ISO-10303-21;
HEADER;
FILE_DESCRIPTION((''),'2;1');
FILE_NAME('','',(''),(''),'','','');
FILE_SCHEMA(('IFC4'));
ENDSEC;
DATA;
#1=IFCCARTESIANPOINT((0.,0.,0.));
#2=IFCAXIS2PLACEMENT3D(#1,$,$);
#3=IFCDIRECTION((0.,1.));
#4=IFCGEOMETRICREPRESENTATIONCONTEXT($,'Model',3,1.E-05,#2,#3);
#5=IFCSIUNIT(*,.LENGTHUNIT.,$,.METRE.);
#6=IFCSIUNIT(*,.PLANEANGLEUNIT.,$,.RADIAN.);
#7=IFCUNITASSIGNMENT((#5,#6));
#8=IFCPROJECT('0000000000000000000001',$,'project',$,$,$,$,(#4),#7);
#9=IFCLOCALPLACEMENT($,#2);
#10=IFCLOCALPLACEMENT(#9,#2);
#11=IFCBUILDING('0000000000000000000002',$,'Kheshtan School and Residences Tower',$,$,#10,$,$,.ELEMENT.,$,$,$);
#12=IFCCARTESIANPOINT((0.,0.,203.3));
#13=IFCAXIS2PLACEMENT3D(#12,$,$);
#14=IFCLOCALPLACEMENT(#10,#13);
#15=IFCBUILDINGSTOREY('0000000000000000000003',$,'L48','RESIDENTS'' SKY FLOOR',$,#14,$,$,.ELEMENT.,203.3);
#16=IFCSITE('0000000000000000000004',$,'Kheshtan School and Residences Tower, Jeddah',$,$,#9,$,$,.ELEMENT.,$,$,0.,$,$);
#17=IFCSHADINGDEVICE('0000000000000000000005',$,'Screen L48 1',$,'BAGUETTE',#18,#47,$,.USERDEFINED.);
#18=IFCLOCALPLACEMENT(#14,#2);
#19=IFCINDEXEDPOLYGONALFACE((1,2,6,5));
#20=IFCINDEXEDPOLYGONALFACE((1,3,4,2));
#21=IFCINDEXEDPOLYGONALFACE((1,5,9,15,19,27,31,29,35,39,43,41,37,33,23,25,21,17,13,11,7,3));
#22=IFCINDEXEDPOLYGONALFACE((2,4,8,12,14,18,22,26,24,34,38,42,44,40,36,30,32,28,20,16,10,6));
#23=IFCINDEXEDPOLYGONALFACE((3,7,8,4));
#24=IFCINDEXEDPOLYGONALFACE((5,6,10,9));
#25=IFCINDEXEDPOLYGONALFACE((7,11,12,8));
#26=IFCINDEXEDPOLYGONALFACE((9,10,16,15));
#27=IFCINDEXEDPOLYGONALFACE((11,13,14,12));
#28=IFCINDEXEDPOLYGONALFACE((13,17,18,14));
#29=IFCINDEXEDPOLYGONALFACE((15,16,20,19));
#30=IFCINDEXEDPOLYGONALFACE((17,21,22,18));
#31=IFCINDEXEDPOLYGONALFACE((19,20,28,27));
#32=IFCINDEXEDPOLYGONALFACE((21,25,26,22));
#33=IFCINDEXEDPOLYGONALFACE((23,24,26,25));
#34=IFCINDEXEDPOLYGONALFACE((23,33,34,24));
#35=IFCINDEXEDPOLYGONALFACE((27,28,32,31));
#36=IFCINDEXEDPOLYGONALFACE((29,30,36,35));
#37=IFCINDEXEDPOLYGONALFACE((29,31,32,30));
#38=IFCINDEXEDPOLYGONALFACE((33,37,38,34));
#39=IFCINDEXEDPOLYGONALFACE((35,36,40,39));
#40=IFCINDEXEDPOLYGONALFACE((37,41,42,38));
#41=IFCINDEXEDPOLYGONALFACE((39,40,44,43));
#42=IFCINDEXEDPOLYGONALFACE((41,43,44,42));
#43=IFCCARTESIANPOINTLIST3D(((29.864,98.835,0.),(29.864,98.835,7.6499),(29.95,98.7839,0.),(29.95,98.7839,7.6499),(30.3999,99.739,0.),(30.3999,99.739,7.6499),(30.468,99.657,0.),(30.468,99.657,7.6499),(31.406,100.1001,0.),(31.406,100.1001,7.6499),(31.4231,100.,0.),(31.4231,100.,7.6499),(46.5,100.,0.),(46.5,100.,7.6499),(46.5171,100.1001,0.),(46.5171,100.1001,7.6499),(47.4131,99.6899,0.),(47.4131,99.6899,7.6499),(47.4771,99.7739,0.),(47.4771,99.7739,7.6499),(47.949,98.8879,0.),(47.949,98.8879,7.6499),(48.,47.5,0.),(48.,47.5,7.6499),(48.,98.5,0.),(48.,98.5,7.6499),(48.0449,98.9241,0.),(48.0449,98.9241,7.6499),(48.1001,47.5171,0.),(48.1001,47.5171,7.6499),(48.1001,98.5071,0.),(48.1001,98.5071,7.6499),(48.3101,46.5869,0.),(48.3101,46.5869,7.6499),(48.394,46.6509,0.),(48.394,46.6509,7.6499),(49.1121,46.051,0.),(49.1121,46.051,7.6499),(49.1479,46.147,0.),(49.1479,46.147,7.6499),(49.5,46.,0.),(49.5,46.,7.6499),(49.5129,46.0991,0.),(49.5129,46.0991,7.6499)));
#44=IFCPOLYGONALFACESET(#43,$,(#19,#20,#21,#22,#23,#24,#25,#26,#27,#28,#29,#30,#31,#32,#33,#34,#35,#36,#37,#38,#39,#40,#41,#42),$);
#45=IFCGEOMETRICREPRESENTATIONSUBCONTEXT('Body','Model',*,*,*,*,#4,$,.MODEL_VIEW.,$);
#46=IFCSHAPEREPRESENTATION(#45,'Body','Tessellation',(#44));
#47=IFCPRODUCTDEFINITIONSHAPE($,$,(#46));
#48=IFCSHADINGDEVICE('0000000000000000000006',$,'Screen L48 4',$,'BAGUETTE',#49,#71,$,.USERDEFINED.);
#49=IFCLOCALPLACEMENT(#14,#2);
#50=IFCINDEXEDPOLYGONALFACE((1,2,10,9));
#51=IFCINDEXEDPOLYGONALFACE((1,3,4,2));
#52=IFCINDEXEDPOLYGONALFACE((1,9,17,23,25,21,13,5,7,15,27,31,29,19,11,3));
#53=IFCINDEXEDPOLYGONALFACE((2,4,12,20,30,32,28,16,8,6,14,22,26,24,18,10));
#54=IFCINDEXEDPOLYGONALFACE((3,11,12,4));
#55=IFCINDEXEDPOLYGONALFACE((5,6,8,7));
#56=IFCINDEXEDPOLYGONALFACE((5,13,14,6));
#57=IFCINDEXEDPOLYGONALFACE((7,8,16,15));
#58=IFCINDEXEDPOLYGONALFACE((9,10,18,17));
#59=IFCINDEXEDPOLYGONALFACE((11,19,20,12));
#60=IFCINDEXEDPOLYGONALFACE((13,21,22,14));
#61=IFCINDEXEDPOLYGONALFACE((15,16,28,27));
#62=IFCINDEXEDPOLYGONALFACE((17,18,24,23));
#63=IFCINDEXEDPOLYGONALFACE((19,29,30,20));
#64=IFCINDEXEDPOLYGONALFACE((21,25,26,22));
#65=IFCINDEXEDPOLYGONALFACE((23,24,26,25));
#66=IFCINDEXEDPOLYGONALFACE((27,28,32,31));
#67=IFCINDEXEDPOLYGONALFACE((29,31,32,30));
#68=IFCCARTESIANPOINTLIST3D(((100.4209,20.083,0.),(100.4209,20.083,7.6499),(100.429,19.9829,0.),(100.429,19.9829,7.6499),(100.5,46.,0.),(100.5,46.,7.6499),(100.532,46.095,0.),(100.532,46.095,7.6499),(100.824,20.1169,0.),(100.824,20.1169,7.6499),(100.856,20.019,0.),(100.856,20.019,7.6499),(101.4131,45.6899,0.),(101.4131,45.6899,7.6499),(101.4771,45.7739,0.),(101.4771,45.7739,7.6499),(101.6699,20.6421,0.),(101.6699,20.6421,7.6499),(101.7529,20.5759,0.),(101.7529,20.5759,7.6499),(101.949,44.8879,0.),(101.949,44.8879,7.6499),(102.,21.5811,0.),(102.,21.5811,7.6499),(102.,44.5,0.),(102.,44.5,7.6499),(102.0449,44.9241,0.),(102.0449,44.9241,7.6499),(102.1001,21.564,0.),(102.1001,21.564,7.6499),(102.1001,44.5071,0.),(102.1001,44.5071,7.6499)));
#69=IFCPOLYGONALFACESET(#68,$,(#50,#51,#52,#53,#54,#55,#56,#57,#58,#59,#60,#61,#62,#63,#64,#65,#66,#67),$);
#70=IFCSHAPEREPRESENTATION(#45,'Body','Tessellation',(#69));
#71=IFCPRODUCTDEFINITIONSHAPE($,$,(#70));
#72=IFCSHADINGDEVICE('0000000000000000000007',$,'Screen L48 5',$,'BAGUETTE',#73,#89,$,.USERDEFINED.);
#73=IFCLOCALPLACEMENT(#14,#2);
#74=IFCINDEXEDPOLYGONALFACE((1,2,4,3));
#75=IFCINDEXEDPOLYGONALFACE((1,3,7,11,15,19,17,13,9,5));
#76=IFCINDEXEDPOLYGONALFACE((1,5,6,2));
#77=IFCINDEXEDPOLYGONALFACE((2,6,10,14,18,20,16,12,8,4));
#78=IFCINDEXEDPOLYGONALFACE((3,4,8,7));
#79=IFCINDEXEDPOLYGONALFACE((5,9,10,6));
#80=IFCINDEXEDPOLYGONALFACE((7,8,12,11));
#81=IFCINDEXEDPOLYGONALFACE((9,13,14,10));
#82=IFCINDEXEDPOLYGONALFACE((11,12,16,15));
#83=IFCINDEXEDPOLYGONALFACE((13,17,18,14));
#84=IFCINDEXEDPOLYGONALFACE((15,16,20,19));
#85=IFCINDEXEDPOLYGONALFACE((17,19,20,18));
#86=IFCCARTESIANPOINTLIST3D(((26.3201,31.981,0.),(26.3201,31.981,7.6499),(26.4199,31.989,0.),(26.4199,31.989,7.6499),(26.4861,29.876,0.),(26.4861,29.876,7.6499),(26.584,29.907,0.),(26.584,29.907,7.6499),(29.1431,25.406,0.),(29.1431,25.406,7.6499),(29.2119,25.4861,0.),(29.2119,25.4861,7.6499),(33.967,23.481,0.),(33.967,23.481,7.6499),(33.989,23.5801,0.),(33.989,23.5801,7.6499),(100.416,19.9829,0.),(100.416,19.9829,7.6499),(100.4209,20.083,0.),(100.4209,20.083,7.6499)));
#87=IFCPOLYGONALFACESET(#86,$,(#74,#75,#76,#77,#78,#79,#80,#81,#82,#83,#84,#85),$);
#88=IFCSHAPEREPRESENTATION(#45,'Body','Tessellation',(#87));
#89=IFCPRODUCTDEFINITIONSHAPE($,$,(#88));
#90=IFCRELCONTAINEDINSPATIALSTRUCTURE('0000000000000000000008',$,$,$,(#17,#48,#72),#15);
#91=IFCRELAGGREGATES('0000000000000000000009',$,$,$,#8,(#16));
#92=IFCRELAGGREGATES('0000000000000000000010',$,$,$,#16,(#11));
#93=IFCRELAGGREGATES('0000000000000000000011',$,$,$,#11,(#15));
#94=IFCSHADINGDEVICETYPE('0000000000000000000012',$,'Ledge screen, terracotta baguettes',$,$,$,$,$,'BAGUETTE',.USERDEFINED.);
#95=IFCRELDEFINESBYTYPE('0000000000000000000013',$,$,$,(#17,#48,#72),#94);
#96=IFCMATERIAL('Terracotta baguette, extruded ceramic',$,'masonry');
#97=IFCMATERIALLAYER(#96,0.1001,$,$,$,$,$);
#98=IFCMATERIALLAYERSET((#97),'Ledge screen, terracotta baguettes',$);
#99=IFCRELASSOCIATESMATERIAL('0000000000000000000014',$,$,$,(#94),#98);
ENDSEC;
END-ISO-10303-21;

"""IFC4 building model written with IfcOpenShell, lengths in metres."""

from ifc_helpers import new_model, si_unit, direction, frame, origin, place, context, subcontext, project, spatial, polyline, outline, extrude, material, layer, layer_set, type_object, element, save


model = new_model("IFC4")

# Units and contexts
model_context = context("Model", 3, precision=1e-05, world=origin(), true_north=direction((0.0, 1.0)))
body_context = subcontext(model_context, "Body", "Model", "MODEL_VIEW")
ifc_project = project(units=[si_unit("LENGTHUNIT", "METRE"), si_unit("PLANEANGLEUNIT", "RADIAN")], contexts=[model_context])

# Site, building, storey
site_placement = place(None, origin())
site = spatial("IfcSite", under=ifc_project, at=site_placement, Name="Kheshtan School and Residences Tower, Jeddah", CompositionType="ELEMENT", RefElevation=0.0)
building_placement = place(site_placement, origin())
building = spatial("IfcBuilding", under=site, at=building_placement, Name="Kheshtan School and Residences Tower", CompositionType="ELEMENT")
storey_placement = place(building_placement, frame((0.0, 0.0, 203.3)))
storey = spatial("IfcBuildingStorey", under=building, at=storey_placement, Name="L48", Description="RESIDENTS' SKY FLOOR", CompositionType="ELEMENT", Elevation=203.3)

# Shading devices
ifc_material_1 = material(Name="Terracotta baguette, extruded ceramic", Category="masonry")
ifc_layer_1 = layer(ifc_material_1, 0.1001)
ifc_layer_set_1 = layer_set([ifc_layer_1], Name="Ledge screen, terracotta baguettes")
shading_device_type = type_object("IfcShadingDeviceType", Name="Ledge screen, terracotta baguettes", ElementType="BAGUETTE", PredefinedType="USERDEFINED", material=ifc_layer_set_1)
shading_device_1_placement = place(storey_placement, origin())
element("IfcShadingDevice", 1, at=shading_device_1_placement, inside=storey, type_object=shading_device_type, Name="Screen L48 1", ObjectType="BAGUETTE", PredefinedType="USERDEFINED", context=body_context, shape_type="SweptSolid", body=[
    extrude(outline(polyline([(29.95, 98.7839), (30.468, 99.657), (31.4231, 100.0), (46.5, 100.0), (47.4131, 99.6899), (47.949, 98.8879), (48.0, 98.5), (48.0, 47.5), (48.3101, 46.5869), (49.1121, 46.051), (49.5, 46.0), (49.5129, 46.0991), (49.1479, 46.147), (48.394, 46.6509), (48.1001, 47.5171), (48.1001, 98.5071), (48.0449, 98.9241), (47.4771, 99.7739), (46.5171, 100.1001), (31.406, 100.1001), (30.3999, 99.739), (29.864, 98.835), (29.95, 98.7839)])), origin(), (0.0, 0.0, 1.0), 7.6499),
])
shading_device_2_placement = place(storey_placement, origin())
element("IfcShadingDevice", 2, at=shading_device_2_placement, inside=storey, type_object=shading_device_type, Name="Screen L48 4", ObjectType="BAGUETTE", PredefinedType="USERDEFINED", context=body_context, shape_type="SweptSolid", body=[
    extrude(outline(polyline([(100.5, 46.0), (101.4131, 45.6899), (101.949, 44.8879), (102.0, 44.5), (102.0, 21.5811), (101.6699, 20.6421), (100.824, 20.1169), (100.4209, 20.083), (100.429, 19.9829), (100.856, 20.019), (101.7529, 20.5759), (102.1001, 21.564), (102.1001, 44.5071), (102.0449, 44.9241), (101.4771, 45.7739), (100.532, 46.095), (100.5, 46.0)])), origin(), (0.0, 0.0, 1.0), 7.6499),
])
shading_device_3_placement = place(storey_placement, origin())
element("IfcShadingDevice", 3, at=shading_device_3_placement, inside=storey, type_object=shading_device_type, Name="Screen L48 5", ObjectType="BAGUETTE", PredefinedType="USERDEFINED", context=body_context, shape_type="SweptSolid", body=[
    extrude(outline(polyline([(100.4209, 20.083), (33.989, 23.5801), (29.2119, 25.4861), (26.584, 29.907), (26.4199, 31.989), (26.3201, 31.981), (26.4861, 29.876), (29.1431, 25.406), (33.967, 23.481), (100.416, 19.9829), (100.4209, 20.083)])), origin(), (0.0, 0.0, 1.0), 7.6499),
])

save(model, "model.ifc")
